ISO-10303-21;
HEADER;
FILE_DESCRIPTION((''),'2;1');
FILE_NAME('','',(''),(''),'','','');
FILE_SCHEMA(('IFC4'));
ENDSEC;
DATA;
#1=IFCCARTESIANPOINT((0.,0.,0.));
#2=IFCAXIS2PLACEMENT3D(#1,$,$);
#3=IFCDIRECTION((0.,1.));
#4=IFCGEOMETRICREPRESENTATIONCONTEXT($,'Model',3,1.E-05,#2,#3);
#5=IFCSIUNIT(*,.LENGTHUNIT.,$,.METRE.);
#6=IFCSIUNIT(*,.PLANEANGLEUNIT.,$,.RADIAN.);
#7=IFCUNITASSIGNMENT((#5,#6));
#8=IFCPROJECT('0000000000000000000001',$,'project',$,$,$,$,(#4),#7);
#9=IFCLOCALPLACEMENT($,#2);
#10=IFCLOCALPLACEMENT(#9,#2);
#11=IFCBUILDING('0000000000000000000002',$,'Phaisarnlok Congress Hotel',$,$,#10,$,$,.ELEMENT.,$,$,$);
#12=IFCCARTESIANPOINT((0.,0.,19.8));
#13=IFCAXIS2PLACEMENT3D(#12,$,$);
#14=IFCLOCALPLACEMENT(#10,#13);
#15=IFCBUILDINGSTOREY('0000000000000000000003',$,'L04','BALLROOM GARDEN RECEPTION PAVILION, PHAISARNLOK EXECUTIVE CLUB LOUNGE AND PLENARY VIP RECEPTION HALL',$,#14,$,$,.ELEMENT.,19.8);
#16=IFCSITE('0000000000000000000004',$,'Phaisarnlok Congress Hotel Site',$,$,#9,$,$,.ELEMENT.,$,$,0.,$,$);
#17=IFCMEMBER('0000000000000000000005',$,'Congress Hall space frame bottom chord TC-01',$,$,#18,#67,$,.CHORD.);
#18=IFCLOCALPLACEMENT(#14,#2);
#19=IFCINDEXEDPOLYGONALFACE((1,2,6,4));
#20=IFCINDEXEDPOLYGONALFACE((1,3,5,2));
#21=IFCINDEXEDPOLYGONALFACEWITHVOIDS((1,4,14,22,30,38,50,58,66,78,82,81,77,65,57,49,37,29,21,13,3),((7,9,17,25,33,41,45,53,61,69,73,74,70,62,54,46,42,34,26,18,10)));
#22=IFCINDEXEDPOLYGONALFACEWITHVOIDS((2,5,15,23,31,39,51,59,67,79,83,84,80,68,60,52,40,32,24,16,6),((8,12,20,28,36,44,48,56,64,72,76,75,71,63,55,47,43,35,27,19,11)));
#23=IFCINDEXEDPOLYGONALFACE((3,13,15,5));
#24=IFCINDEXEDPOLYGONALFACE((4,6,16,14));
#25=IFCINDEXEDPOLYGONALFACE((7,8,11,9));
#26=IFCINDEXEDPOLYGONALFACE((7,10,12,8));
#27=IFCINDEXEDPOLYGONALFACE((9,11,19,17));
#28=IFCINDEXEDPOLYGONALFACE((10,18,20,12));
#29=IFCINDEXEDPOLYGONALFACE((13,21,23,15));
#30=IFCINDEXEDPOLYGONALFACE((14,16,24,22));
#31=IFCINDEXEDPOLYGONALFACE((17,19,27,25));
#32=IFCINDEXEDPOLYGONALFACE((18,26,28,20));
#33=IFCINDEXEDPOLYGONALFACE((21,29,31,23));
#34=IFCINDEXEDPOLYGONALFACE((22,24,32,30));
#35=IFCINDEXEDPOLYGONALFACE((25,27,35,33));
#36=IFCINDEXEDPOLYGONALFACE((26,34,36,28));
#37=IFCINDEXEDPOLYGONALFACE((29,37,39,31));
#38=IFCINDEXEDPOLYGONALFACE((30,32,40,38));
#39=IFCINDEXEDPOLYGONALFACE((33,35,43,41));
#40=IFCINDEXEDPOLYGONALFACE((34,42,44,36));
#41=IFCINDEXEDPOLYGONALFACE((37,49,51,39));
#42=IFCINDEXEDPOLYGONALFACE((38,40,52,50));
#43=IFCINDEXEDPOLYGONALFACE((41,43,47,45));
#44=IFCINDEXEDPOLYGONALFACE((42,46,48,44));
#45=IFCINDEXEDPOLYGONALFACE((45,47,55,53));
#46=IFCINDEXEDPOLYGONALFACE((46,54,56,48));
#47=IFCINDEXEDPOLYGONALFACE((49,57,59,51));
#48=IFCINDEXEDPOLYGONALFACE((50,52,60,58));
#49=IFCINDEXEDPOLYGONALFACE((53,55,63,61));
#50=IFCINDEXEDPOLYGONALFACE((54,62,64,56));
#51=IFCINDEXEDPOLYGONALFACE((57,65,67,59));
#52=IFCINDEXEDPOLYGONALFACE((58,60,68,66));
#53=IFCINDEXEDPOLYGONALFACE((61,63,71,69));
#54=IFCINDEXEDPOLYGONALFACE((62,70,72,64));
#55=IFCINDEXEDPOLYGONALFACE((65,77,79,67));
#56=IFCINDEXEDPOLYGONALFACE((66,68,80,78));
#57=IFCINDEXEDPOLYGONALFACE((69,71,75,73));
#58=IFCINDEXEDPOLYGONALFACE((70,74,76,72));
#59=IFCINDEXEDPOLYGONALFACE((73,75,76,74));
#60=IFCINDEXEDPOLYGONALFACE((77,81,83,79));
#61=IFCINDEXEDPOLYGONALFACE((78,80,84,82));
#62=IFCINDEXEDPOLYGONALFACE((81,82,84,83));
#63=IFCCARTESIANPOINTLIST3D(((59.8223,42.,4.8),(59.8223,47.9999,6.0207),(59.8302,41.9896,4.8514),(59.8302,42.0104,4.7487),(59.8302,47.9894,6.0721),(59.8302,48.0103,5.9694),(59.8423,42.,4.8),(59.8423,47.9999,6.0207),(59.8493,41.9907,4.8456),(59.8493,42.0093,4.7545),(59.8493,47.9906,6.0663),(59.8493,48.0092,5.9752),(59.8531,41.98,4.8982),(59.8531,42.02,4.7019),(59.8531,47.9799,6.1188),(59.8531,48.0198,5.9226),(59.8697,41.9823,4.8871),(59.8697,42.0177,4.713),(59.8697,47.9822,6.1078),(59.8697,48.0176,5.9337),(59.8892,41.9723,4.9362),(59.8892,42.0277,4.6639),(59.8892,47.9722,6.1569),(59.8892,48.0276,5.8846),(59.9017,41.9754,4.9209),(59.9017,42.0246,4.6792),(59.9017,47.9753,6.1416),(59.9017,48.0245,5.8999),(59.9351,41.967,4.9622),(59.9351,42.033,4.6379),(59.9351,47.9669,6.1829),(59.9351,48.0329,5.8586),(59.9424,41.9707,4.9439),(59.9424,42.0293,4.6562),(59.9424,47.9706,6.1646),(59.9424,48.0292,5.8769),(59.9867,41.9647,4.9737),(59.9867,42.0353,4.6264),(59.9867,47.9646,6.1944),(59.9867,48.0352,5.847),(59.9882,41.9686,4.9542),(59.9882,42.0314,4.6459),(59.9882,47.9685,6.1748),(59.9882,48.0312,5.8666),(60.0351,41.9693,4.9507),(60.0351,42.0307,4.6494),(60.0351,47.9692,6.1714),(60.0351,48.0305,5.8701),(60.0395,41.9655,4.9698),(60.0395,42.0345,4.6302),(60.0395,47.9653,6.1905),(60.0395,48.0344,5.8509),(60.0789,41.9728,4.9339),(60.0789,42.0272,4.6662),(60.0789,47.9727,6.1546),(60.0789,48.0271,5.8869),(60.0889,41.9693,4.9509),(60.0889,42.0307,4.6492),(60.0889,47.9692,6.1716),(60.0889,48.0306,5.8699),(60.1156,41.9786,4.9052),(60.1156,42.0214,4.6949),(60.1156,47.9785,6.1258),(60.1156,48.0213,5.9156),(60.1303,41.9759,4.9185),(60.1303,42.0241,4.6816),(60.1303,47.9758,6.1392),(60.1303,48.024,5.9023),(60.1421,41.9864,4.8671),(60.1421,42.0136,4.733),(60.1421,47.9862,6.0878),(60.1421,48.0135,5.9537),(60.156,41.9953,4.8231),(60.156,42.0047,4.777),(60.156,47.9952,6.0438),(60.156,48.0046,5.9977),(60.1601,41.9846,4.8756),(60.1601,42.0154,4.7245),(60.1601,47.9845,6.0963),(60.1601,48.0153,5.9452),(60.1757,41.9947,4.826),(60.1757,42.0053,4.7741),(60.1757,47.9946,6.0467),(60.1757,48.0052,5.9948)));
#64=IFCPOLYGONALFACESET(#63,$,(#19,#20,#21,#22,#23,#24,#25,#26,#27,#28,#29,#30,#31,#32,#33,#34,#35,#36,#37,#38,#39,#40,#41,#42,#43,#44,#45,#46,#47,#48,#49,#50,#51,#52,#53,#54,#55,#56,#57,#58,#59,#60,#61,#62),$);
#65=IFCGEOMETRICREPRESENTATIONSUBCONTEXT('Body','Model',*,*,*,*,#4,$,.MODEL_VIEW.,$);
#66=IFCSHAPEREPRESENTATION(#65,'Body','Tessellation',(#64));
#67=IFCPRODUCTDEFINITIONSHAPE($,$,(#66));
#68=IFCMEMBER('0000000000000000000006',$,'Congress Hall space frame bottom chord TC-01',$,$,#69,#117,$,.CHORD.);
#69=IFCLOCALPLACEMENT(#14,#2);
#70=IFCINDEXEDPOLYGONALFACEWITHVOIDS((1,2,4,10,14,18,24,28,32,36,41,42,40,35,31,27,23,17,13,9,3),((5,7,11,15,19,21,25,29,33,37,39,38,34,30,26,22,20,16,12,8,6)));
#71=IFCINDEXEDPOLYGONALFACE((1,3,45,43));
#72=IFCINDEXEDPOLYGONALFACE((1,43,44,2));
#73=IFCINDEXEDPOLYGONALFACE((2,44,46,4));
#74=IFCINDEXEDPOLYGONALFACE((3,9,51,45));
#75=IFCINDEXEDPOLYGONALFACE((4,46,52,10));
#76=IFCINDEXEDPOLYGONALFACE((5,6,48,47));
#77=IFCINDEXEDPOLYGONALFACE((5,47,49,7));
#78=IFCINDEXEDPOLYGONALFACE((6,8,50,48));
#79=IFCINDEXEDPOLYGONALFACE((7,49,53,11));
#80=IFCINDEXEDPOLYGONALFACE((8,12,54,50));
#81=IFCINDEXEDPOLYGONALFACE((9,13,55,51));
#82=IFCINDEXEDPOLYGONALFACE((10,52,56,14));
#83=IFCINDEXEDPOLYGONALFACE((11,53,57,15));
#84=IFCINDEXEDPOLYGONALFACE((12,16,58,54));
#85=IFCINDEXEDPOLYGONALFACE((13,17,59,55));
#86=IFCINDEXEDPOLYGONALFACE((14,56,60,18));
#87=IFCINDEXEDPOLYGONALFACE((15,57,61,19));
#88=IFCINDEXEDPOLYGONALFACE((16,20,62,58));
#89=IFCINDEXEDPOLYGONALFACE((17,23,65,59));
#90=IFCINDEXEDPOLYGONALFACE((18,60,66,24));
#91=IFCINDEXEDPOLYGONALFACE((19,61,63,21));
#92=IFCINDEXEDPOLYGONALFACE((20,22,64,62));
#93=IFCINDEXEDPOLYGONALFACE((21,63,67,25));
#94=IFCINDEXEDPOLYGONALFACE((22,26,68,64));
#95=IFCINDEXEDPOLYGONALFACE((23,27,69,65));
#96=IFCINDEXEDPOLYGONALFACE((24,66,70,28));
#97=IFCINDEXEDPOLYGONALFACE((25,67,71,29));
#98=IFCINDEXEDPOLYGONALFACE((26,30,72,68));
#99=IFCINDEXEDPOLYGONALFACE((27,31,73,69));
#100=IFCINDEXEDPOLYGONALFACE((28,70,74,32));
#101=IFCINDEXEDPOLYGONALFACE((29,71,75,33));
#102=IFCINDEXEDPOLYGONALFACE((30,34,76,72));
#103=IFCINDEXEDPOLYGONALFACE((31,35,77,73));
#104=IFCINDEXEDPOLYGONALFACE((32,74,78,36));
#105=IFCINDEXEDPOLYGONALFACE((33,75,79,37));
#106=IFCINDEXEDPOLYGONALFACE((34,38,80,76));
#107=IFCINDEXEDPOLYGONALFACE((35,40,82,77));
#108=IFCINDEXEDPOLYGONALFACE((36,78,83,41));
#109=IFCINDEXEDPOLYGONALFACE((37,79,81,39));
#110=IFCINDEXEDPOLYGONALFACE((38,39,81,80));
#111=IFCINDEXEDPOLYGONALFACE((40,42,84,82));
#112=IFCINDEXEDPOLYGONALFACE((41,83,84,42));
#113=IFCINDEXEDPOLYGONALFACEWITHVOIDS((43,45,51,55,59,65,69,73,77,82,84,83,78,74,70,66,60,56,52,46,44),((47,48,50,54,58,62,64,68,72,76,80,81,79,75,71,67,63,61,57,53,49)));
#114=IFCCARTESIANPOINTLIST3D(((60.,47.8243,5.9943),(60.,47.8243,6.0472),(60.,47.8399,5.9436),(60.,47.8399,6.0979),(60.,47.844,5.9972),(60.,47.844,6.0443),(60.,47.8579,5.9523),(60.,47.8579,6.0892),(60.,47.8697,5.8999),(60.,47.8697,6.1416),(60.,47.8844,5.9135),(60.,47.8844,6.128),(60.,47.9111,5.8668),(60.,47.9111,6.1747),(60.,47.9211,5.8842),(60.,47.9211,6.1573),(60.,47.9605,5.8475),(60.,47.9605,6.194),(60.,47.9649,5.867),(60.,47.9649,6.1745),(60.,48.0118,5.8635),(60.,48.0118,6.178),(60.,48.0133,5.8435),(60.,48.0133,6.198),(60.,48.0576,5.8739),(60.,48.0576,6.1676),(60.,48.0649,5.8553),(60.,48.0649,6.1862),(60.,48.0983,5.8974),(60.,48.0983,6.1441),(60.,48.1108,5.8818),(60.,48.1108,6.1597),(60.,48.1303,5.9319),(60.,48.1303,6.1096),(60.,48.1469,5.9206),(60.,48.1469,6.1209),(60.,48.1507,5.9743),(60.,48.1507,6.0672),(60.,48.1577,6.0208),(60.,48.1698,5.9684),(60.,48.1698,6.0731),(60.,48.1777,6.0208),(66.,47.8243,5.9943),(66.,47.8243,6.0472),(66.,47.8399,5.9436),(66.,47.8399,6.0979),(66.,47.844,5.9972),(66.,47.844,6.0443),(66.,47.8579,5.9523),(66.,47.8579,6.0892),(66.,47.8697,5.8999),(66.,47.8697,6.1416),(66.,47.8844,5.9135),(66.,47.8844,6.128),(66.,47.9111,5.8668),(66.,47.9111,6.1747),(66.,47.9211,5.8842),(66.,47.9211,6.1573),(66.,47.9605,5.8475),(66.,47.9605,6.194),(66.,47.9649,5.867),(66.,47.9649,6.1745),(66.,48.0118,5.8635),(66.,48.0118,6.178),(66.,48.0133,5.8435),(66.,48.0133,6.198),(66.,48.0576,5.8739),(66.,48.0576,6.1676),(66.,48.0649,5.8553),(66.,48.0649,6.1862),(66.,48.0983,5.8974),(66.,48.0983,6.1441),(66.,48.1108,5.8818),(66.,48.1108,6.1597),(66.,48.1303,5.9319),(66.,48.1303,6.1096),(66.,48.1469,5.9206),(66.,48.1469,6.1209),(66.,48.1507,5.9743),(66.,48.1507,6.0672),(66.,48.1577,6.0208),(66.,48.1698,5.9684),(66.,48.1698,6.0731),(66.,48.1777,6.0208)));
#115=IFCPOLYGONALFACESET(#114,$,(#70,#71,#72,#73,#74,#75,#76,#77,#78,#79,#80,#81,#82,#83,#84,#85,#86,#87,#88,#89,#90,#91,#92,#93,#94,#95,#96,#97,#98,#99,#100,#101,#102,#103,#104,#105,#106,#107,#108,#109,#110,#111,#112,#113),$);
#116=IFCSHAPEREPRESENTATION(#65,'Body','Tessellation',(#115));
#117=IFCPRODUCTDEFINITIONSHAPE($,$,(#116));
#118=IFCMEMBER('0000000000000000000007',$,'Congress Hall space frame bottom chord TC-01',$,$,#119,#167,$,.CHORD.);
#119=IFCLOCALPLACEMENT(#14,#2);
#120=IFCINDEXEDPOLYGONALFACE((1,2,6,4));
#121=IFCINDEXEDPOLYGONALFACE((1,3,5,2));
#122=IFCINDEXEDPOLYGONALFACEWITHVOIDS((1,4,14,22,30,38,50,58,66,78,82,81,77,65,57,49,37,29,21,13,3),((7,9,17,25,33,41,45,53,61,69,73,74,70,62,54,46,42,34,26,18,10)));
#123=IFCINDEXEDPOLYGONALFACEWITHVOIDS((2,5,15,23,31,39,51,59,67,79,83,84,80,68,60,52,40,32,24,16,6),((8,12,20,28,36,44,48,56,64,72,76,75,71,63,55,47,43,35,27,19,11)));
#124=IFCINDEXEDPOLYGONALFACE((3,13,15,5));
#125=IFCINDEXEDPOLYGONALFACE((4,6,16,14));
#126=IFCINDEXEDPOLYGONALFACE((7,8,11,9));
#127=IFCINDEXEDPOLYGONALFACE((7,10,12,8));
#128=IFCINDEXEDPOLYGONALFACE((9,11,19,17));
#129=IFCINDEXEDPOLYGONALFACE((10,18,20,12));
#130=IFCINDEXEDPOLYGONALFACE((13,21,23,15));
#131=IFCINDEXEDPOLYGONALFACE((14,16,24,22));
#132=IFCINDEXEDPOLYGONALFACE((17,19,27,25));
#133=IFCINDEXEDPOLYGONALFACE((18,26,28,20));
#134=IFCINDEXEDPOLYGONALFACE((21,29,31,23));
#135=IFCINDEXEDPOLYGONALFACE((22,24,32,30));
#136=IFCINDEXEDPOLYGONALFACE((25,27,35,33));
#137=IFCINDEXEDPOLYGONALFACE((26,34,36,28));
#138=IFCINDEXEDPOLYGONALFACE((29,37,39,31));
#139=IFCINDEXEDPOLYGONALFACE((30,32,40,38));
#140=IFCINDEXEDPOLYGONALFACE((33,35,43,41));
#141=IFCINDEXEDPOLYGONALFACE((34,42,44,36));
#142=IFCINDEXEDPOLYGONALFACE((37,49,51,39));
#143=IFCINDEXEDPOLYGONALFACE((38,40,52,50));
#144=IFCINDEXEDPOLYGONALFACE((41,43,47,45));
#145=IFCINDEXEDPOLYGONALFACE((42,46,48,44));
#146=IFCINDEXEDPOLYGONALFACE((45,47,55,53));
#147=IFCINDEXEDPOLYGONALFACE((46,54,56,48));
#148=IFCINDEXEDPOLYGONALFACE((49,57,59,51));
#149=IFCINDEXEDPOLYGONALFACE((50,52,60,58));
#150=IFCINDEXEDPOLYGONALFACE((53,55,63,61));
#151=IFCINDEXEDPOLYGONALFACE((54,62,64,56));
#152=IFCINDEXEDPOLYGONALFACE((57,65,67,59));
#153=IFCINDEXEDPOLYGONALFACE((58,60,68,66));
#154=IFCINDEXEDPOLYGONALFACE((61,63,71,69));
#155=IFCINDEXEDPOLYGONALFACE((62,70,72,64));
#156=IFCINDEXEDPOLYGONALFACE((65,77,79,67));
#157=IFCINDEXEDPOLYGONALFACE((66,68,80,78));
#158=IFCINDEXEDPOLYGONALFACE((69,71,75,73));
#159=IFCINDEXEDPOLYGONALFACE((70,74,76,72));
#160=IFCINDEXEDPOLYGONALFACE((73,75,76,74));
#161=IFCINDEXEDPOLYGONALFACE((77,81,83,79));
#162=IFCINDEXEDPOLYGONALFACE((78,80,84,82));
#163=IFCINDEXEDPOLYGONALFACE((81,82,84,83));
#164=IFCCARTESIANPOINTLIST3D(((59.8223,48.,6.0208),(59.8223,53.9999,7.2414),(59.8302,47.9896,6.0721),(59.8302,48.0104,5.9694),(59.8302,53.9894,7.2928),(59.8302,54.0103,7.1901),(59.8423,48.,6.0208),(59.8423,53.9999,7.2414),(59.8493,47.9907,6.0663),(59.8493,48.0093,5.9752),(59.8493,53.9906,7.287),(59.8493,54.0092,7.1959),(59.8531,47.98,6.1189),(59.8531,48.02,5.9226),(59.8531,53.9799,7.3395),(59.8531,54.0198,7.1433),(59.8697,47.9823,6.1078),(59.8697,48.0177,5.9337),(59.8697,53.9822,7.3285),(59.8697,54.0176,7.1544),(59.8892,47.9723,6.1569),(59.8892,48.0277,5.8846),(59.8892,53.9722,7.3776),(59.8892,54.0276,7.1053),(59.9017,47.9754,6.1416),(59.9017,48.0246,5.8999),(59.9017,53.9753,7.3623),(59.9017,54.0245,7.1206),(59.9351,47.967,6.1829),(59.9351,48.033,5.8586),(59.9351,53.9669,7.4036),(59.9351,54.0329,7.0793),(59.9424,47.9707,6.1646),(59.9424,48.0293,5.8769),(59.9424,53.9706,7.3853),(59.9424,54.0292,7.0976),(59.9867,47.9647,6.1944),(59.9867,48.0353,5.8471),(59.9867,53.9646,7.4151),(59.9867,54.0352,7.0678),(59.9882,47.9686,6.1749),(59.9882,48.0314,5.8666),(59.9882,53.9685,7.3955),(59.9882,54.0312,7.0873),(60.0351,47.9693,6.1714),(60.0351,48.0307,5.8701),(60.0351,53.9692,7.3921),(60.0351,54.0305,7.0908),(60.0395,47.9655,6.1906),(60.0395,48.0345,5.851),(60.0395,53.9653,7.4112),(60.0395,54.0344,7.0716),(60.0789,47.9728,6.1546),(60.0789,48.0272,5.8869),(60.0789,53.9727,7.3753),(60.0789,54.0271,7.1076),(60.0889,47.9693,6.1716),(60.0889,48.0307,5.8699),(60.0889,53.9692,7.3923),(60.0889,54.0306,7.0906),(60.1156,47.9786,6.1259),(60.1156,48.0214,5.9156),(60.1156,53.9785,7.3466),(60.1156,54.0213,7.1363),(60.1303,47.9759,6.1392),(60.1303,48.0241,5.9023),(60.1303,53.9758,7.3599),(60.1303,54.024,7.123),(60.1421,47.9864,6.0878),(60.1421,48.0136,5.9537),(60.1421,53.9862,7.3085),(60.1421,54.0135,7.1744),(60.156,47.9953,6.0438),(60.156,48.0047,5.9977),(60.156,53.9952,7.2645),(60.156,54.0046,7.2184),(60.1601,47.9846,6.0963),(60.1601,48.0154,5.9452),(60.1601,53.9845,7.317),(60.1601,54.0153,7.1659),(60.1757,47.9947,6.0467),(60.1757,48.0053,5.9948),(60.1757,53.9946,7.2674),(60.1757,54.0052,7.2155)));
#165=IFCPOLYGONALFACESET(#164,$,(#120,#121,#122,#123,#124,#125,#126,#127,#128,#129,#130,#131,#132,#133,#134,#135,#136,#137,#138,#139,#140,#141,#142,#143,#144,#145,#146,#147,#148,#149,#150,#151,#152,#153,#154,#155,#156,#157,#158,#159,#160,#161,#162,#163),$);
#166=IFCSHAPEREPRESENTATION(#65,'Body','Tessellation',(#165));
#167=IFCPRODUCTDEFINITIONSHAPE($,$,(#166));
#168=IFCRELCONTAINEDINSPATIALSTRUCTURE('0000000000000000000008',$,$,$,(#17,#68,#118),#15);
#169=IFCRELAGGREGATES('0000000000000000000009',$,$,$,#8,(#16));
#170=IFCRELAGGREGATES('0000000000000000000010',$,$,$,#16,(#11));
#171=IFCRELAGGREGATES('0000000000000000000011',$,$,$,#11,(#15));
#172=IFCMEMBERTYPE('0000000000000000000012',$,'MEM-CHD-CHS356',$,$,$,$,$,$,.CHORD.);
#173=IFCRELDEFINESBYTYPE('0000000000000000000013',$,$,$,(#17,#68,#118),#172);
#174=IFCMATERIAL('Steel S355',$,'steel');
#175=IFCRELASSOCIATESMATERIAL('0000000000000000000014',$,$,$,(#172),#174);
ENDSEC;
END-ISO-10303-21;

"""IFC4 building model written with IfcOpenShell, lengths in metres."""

from ifc_helpers import new_model, si_unit, direction, frame, origin, origin_2d, place, context, subcontext, project, spatial, hollow_circle, extrude, material, material_profile, profile_set, type_object, element, save


model = new_model("IFC4")

# Units and contexts
model_context = context("Model", 3, precision=1e-05, world=origin(), true_north=direction((0.0, 1.0)))
body_context = subcontext(model_context, "Body", "Model", "MODEL_VIEW")
ifc_project = project(units=[si_unit("LENGTHUNIT", "METRE"), si_unit("PLANEANGLEUNIT", "RADIAN")], contexts=[model_context])

# Site, building, storey
site_placement = place(None, origin())
site = spatial("IfcSite", under=ifc_project, at=site_placement, Name="Phaisarnlok Congress Hotel Site", CompositionType="ELEMENT", RefElevation=0.0)
building_placement = place(site_placement, origin())
building = spatial("IfcBuilding", under=site, at=building_placement, Name="Phaisarnlok Congress Hotel", CompositionType="ELEMENT")
storey_placement = place(building_placement, frame((0.0, 0.0, 19.8)))
storey = spatial("IfcBuildingStorey", under=building, at=storey_placement, Name="L04", Description="BALLROOM GARDEN RECEPTION PAVILION, PHAISARNLOK EXECUTIVE CLUB LOUNGE AND PLENARY VIP RECEPTION HALL", CompositionType="ELEMENT", Elevation=19.8)

# Members
ifc_material_1 = material(Name="Steel S355", Category="steel")
ifc_material_profile_1 = material_profile(ifc_material_1, hollow_circle(Radius=0.1777, WallThickness=0.02, at=origin_2d()), Name="CHS 355.6x20")
ifc_profile_set_1 = profile_set([ifc_material_profile_1], Name="Steel S355")
member_type_1 = type_object("IfcMemberType", Name="MEM-CHD-CHS356", PredefinedType="CHORD", material=ifc_profile_set_1)
member_1_placement = place(storey_placement, frame((60.0, 42.0, 4.8), z_axis=(0.0, 0.979925, 0.199366), x_axis=(-1.0, 0.0, 0.0)))
element("IfcMember", 1, at=member_1_placement, inside=storey, type_object=member_type_1, Name="Congress Hall space frame bottom chord TC-01", PredefinedType="CHORD", context=body_context, shape_type="SweptSolid", body=[
    extrude(hollow_circle(Radius=0.1777, WallThickness=0.02, at=origin_2d()), origin(), (0.0, 0.0, 1.0), 6.1228),
])
member_2_placement = place(storey_placement, frame((60.0, 48.0, 6.0208), z_axis=(1.0, 0.0, 0.0), x_axis=(0.0, 1.0, 0.0)))
element("IfcMember", 2, at=member_2_placement, inside=storey, type_object=member_type_1, Name="Congress Hall space frame bottom chord TC-01", PredefinedType="CHORD", context=body_context, shape_type="SweptSolid", body=[
    extrude(hollow_circle(Radius=0.1777, WallThickness=0.02, at=origin_2d()), origin(), (0.0, 0.0, 1.0), 6.0),
])
for number, where, z_axis, x_axis, name in (
    (3, (60.0, 48.0, 6.0208), (0.0, 0.979925, 0.199366), (-1.0, 0.0, 0.0), "Congress Hall space frame bottom chord TC-01"),
):
    element("IfcMember", number, at=place(storey_placement, frame(where, z_axis=z_axis, x_axis=x_axis)), inside=storey, type_object=member_type_1, Name=name, PredefinedType="CHORD", context=body_context, shape_type="SweptSolid", body=[
        extrude(hollow_circle(Radius=0.1777, WallThickness=0.02, at=origin_2d()), origin(), (0.0, 0.0, 1.0), 6.1228),
    ])

save(model, "model.ifc")
